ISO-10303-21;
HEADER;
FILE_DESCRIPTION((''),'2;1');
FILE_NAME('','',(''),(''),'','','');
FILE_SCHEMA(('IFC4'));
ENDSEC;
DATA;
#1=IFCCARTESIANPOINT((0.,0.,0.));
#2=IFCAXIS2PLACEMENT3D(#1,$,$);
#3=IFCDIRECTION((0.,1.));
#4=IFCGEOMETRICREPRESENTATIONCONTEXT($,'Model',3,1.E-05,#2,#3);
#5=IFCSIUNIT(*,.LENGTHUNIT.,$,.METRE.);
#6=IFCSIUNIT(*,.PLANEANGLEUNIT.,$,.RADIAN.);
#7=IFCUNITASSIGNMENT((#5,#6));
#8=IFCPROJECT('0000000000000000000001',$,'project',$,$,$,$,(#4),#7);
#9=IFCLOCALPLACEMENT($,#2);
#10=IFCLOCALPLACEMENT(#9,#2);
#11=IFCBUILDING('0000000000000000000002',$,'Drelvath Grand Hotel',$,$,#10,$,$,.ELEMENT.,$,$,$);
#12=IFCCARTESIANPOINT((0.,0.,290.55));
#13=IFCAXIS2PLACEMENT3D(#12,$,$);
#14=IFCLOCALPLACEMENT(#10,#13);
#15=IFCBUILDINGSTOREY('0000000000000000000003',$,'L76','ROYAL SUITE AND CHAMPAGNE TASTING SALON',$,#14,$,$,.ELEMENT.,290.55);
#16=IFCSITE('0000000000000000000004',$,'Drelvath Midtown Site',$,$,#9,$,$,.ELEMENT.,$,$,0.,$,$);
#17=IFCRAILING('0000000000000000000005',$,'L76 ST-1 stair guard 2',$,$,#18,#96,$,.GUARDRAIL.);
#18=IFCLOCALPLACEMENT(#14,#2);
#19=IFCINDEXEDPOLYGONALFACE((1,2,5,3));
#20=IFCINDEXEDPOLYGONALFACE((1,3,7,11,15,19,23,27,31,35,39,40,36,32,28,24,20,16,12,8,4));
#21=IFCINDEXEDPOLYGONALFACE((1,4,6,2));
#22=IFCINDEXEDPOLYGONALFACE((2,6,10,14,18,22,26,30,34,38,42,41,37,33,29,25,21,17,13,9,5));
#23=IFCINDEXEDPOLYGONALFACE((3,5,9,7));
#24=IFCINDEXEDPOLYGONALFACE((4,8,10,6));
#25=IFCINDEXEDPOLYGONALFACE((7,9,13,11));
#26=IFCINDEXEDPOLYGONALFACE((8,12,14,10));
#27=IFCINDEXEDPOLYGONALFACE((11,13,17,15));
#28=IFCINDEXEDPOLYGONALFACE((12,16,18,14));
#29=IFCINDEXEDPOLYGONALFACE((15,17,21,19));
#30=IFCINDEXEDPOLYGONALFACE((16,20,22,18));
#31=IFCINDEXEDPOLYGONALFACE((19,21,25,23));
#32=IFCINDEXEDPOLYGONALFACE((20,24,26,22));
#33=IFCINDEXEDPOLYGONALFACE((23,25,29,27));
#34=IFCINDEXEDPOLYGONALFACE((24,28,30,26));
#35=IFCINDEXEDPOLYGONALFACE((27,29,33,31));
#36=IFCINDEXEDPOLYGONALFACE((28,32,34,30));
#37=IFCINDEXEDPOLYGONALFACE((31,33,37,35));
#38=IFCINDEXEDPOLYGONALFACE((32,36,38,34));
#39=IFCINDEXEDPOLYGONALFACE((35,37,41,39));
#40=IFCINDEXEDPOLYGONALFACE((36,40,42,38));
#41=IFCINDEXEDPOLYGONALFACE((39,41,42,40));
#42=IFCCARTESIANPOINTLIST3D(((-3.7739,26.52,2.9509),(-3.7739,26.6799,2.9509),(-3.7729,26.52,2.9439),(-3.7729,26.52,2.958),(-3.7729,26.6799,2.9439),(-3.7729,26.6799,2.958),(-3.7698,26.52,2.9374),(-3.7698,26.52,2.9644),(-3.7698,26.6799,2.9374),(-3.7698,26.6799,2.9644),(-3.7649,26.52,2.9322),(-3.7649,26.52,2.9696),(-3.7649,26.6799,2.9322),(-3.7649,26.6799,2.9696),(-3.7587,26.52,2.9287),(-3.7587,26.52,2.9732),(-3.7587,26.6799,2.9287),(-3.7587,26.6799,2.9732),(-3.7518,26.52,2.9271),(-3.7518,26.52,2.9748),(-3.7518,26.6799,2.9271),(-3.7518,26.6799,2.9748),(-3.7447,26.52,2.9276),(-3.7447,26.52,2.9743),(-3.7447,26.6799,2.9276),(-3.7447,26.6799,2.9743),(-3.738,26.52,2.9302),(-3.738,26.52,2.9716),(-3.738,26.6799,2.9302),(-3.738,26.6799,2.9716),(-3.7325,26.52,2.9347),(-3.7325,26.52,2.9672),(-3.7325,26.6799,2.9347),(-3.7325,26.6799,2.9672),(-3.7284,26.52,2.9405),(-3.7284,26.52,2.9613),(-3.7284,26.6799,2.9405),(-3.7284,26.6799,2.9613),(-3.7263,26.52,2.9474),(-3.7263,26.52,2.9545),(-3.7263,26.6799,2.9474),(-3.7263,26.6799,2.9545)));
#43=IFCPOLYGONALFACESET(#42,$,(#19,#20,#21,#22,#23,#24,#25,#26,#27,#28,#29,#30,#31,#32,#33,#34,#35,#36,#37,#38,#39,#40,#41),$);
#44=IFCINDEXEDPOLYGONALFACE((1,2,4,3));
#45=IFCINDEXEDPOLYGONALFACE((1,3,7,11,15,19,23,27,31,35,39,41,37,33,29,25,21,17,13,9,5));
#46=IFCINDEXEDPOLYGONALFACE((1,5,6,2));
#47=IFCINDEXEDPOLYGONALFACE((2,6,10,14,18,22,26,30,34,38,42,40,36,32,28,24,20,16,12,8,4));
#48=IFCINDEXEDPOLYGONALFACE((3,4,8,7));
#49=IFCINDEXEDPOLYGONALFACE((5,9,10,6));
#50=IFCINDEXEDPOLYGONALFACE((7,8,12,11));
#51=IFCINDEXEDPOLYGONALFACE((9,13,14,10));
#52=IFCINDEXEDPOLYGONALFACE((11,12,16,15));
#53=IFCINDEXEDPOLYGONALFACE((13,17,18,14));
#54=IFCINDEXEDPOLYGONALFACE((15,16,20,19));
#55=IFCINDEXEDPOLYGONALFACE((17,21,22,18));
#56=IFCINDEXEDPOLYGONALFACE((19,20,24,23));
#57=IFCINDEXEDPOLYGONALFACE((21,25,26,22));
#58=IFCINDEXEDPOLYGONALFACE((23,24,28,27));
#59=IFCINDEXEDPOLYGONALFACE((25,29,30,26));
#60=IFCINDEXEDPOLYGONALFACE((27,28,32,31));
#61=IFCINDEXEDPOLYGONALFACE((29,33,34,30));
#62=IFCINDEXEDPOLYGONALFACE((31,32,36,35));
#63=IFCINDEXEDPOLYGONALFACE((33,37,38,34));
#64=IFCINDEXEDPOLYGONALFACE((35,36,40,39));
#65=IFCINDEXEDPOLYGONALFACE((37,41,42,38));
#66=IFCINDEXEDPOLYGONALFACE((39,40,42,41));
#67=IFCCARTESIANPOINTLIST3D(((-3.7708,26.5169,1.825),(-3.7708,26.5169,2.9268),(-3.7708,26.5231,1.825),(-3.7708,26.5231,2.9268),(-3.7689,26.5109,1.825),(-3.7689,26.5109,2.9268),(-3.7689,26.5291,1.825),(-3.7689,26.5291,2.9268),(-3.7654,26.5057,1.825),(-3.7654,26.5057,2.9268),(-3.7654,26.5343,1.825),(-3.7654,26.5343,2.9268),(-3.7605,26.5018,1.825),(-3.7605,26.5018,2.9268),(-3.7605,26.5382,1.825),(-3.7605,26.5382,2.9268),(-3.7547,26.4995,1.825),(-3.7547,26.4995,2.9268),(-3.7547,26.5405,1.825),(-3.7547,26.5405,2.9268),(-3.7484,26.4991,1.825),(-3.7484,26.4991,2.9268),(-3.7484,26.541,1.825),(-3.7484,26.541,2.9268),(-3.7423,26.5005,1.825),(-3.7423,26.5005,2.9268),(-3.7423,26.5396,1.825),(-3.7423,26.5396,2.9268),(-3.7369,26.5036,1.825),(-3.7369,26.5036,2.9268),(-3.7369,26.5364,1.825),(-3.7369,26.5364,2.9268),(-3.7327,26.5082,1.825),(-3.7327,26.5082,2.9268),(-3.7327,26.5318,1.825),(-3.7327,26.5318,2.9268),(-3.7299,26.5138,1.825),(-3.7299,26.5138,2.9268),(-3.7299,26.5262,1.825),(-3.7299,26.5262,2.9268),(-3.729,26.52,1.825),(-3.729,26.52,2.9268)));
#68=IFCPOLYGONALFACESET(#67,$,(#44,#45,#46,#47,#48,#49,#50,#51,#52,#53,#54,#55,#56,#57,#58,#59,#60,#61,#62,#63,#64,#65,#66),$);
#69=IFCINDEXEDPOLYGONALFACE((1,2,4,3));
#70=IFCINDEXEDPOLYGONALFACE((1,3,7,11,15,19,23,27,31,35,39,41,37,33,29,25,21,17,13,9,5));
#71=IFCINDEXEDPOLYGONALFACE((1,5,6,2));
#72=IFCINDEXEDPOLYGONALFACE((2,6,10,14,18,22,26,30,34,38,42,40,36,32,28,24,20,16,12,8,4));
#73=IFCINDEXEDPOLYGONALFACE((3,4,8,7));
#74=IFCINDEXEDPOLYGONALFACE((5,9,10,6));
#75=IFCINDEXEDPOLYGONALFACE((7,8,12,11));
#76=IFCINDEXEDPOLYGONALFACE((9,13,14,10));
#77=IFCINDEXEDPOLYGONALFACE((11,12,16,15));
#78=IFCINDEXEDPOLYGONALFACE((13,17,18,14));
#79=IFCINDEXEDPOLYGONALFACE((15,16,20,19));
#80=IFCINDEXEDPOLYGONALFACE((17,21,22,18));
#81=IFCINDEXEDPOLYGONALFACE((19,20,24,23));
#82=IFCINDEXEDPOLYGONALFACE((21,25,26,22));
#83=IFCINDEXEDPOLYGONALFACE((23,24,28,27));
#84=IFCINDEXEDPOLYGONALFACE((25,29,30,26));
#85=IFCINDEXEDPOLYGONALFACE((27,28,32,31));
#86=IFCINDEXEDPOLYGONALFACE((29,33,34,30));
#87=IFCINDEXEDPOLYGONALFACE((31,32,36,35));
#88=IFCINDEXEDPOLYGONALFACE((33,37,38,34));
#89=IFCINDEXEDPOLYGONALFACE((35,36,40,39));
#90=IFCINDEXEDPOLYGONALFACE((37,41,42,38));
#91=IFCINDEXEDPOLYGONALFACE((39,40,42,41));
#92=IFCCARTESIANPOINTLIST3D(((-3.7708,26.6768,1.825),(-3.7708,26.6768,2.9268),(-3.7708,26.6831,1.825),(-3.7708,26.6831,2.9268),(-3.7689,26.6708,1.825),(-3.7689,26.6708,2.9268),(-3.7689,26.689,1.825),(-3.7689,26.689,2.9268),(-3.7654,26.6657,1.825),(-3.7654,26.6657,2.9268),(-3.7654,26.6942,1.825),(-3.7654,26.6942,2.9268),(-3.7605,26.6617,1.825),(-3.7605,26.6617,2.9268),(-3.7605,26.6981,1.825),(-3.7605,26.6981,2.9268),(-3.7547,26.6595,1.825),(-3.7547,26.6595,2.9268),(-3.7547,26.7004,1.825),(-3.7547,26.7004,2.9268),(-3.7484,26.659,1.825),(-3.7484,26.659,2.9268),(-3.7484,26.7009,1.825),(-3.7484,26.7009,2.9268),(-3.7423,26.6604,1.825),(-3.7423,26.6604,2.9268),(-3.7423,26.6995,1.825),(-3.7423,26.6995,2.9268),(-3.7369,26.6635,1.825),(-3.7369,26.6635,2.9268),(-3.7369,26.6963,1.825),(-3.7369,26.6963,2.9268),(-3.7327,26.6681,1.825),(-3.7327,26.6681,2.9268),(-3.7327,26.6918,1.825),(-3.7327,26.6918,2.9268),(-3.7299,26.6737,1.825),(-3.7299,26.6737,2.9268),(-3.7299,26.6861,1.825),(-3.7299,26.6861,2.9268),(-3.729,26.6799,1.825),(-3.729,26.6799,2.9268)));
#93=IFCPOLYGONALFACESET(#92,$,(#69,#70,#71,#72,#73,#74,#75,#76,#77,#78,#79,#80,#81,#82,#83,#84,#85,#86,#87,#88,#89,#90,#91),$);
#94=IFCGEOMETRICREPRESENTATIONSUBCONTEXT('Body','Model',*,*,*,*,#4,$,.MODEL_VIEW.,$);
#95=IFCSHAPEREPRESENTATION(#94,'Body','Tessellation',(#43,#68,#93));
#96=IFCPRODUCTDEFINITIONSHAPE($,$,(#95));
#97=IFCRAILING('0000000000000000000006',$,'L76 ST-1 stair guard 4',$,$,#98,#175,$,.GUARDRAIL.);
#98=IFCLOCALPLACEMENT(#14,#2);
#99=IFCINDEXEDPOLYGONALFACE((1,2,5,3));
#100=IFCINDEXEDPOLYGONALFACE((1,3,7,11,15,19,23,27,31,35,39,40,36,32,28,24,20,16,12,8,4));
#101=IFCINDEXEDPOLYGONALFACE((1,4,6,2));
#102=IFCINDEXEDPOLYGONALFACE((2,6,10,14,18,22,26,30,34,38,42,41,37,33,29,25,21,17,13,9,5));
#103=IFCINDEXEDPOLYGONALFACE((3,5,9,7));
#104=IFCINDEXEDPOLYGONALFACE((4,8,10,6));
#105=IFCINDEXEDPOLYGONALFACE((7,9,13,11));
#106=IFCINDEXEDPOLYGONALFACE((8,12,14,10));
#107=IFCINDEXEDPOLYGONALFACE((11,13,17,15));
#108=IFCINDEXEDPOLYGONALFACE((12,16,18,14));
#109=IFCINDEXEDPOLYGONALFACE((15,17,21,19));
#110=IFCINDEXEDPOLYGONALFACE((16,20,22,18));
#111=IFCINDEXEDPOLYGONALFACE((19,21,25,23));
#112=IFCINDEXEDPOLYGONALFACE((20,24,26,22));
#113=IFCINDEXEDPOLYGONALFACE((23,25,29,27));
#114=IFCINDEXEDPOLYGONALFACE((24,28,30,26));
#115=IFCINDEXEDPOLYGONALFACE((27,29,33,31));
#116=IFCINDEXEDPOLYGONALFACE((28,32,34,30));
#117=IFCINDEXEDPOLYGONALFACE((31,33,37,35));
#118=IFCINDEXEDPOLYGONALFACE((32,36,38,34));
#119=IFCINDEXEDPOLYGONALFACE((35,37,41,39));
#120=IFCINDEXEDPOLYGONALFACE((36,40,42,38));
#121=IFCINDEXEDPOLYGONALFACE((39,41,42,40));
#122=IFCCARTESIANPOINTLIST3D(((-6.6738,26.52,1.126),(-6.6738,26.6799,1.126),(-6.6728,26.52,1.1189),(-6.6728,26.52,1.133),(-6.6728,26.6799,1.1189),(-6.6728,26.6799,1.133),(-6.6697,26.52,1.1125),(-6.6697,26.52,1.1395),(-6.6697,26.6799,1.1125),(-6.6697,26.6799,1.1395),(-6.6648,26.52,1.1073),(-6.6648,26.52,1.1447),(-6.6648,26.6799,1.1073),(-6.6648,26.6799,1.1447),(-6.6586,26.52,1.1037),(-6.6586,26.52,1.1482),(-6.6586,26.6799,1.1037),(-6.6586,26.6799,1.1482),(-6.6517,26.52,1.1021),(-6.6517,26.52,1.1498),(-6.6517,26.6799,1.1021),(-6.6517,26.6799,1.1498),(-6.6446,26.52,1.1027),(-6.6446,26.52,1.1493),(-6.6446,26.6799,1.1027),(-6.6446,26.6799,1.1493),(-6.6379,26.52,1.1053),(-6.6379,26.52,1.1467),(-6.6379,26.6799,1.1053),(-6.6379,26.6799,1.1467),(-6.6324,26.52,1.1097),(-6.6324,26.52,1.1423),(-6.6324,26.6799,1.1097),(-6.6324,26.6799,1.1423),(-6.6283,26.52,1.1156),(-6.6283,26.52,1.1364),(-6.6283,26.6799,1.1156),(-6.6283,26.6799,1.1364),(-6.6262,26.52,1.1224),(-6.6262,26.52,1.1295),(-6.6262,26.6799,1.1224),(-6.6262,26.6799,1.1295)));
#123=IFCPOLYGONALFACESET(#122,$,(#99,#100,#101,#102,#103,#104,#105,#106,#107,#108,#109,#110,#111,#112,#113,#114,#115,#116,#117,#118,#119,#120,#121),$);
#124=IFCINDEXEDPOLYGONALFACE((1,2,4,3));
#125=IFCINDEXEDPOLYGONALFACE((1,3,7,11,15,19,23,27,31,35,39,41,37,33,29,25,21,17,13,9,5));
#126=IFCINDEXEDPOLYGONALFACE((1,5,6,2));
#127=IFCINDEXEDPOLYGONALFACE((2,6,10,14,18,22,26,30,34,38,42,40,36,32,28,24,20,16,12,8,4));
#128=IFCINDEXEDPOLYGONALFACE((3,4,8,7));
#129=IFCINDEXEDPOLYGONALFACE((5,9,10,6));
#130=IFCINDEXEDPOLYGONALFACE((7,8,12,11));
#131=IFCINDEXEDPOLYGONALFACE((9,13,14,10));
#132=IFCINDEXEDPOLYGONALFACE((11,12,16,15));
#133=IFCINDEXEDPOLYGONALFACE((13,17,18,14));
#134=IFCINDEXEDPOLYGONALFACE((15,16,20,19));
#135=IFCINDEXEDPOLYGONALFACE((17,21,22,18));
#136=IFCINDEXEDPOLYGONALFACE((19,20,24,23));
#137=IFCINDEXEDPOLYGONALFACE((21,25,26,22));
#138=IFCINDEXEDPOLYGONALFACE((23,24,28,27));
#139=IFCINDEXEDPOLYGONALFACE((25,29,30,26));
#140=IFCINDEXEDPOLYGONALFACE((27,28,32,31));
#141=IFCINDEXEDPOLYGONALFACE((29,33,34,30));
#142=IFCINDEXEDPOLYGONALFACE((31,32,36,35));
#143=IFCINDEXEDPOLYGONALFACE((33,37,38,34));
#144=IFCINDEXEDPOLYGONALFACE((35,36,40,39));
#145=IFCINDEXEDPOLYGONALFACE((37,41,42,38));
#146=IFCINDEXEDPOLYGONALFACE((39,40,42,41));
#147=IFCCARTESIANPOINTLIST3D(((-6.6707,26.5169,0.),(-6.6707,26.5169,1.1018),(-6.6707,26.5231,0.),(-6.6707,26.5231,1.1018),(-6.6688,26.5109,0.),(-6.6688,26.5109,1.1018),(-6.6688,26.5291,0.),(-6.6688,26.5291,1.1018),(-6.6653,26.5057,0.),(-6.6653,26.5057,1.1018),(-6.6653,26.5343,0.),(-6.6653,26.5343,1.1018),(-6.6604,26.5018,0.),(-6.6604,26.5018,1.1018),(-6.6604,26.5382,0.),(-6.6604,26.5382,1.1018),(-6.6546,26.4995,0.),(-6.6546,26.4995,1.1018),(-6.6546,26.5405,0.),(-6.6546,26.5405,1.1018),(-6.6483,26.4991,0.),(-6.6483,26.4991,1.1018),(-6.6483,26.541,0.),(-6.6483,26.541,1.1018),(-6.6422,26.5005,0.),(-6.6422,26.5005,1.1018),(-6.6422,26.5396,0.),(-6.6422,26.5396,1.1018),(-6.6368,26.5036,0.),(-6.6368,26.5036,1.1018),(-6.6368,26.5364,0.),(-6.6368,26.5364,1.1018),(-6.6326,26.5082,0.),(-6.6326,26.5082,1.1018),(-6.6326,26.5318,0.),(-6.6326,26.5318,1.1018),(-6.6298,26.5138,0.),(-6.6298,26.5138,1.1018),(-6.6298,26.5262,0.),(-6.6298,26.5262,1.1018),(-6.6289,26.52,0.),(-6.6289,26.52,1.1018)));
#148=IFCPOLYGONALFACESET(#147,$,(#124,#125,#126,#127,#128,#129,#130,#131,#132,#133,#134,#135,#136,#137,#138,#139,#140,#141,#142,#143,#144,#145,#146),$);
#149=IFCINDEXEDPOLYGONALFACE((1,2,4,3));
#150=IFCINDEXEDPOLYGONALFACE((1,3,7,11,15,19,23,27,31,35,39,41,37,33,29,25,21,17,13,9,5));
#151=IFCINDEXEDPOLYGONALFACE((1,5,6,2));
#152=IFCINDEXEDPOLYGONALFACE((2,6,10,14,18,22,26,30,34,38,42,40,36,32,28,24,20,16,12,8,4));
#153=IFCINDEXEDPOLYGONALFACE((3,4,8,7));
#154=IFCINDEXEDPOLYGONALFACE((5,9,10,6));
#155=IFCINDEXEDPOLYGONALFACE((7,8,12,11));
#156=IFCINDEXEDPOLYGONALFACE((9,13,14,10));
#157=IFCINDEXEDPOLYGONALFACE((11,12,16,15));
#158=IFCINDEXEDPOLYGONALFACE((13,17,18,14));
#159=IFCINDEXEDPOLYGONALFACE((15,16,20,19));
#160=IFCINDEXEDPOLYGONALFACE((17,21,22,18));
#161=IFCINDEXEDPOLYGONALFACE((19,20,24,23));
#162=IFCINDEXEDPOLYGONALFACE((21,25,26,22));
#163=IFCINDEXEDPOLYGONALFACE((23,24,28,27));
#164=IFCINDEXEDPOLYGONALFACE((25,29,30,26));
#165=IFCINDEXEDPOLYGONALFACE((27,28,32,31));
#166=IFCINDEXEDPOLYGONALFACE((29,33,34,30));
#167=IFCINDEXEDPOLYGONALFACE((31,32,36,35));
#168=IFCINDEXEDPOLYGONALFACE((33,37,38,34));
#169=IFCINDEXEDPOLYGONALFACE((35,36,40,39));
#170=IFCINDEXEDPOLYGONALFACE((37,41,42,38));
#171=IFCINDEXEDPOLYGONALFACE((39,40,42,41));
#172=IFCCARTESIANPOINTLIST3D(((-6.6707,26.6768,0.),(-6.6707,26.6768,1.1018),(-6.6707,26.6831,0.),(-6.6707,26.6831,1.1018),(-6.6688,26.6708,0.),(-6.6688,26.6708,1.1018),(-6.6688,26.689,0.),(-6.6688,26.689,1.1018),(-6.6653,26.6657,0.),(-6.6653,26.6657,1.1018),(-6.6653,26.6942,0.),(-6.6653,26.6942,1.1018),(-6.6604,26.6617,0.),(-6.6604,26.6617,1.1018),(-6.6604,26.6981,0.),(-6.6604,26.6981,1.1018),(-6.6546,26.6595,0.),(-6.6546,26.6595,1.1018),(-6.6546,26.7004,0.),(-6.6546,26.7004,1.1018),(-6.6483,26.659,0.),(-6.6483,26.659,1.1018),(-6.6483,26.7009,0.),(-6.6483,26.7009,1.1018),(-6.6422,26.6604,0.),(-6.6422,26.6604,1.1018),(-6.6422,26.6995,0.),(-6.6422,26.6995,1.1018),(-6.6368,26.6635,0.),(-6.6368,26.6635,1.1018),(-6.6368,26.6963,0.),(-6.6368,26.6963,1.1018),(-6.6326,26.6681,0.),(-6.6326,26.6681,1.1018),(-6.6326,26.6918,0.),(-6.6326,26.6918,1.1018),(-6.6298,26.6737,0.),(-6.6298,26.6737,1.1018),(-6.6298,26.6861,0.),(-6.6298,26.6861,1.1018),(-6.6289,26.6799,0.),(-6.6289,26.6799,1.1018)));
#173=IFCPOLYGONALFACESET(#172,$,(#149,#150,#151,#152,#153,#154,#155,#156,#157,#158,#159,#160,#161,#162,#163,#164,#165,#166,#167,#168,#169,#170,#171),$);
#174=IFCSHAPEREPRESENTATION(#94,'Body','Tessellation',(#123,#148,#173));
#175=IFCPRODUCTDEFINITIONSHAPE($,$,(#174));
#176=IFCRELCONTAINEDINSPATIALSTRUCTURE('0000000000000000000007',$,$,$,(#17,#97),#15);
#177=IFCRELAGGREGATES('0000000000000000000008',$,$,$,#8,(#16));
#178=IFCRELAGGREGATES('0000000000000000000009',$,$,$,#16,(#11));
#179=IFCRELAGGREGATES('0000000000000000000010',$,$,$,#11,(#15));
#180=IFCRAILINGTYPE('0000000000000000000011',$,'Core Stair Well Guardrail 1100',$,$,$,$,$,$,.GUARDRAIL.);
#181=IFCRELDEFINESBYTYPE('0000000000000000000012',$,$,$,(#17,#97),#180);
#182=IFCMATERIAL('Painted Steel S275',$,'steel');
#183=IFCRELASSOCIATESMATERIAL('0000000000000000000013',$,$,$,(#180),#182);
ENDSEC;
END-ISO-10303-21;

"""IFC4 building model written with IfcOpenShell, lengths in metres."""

from ifc_helpers import new_model, si_unit, direction, frame, origin, origin_2d, place, context, subcontext, project, spatial, circle, extrude, material, type_object, element, save


model = new_model("IFC4")

# Units and contexts
model_context = context("Model", 3, precision=1e-05, world=origin(), true_north=direction((0.0, 1.0)))
body_context = subcontext(model_context, "Body", "Model", "MODEL_VIEW")
ifc_project = project(units=[si_unit("LENGTHUNIT", "METRE"), si_unit("PLANEANGLEUNIT", "RADIAN")], contexts=[model_context])

# Site, building, storey
site_placement = place(None, origin())
site = spatial("IfcSite", under=ifc_project, at=site_placement, Name="Drelvath Midtown Site", CompositionType="ELEMENT", RefElevation=0.0)
building_placement = place(site_placement, origin())
building = spatial("IfcBuilding", under=site, at=building_placement, Name="Drelvath Grand Hotel", CompositionType="ELEMENT")
storey_placement = place(building_placement, frame((0.0, 0.0, 290.55)))
storey = spatial("IfcBuildingStorey", under=building, at=storey_placement, Name="L76", Description="ROYAL SUITE AND CHAMPAGNE TASTING SALON", CompositionType="ELEMENT", Elevation=290.55)

# Shared definitions
ifc_material_1 = material(Name="Painted Steel S275", Category="steel")

# Railings
railing_type_1 = type_object("IfcRailingType", Name="Core Stair Well Guardrail 1100", PredefinedType="GUARDRAIL", material=ifc_material_1)
for number, where, name in (
    (1, (-3.75, 26.52, 1.825), "L76 ST-1 stair guard 2"),
    (2, (-6.6499, 26.52, 0.0), "L76 ST-1 stair guard 4"),
):
    element("IfcRailing", number, at=place(storey_placement, frame(where)), inside=storey, type_object=railing_type_1, Name=name, PredefinedType="GUARDRAIL", context=body_context, shape_type="SweptSolid", body=[
        extrude(circle(Radius=0.0239, at=origin_2d()), frame((0.0, 0.0, 1.126), z_axis=(0.0, 1.0, 0.0), x_axis=(-1.0, 0.0, 0.0)), (0.0, 0.0, 1.0), 0.1599),
        extrude(circle(Radius=0.021, at=origin_2d()), origin(), (0.0, 0.0, 1.0), 1.1018),
        extrude(circle(Radius=0.021, at=origin_2d()), frame((0.0, 0.1599, 0.0)), (0.0, 0.0, 1.0), 1.1018),
    ])

save(model, "model.ifc")
